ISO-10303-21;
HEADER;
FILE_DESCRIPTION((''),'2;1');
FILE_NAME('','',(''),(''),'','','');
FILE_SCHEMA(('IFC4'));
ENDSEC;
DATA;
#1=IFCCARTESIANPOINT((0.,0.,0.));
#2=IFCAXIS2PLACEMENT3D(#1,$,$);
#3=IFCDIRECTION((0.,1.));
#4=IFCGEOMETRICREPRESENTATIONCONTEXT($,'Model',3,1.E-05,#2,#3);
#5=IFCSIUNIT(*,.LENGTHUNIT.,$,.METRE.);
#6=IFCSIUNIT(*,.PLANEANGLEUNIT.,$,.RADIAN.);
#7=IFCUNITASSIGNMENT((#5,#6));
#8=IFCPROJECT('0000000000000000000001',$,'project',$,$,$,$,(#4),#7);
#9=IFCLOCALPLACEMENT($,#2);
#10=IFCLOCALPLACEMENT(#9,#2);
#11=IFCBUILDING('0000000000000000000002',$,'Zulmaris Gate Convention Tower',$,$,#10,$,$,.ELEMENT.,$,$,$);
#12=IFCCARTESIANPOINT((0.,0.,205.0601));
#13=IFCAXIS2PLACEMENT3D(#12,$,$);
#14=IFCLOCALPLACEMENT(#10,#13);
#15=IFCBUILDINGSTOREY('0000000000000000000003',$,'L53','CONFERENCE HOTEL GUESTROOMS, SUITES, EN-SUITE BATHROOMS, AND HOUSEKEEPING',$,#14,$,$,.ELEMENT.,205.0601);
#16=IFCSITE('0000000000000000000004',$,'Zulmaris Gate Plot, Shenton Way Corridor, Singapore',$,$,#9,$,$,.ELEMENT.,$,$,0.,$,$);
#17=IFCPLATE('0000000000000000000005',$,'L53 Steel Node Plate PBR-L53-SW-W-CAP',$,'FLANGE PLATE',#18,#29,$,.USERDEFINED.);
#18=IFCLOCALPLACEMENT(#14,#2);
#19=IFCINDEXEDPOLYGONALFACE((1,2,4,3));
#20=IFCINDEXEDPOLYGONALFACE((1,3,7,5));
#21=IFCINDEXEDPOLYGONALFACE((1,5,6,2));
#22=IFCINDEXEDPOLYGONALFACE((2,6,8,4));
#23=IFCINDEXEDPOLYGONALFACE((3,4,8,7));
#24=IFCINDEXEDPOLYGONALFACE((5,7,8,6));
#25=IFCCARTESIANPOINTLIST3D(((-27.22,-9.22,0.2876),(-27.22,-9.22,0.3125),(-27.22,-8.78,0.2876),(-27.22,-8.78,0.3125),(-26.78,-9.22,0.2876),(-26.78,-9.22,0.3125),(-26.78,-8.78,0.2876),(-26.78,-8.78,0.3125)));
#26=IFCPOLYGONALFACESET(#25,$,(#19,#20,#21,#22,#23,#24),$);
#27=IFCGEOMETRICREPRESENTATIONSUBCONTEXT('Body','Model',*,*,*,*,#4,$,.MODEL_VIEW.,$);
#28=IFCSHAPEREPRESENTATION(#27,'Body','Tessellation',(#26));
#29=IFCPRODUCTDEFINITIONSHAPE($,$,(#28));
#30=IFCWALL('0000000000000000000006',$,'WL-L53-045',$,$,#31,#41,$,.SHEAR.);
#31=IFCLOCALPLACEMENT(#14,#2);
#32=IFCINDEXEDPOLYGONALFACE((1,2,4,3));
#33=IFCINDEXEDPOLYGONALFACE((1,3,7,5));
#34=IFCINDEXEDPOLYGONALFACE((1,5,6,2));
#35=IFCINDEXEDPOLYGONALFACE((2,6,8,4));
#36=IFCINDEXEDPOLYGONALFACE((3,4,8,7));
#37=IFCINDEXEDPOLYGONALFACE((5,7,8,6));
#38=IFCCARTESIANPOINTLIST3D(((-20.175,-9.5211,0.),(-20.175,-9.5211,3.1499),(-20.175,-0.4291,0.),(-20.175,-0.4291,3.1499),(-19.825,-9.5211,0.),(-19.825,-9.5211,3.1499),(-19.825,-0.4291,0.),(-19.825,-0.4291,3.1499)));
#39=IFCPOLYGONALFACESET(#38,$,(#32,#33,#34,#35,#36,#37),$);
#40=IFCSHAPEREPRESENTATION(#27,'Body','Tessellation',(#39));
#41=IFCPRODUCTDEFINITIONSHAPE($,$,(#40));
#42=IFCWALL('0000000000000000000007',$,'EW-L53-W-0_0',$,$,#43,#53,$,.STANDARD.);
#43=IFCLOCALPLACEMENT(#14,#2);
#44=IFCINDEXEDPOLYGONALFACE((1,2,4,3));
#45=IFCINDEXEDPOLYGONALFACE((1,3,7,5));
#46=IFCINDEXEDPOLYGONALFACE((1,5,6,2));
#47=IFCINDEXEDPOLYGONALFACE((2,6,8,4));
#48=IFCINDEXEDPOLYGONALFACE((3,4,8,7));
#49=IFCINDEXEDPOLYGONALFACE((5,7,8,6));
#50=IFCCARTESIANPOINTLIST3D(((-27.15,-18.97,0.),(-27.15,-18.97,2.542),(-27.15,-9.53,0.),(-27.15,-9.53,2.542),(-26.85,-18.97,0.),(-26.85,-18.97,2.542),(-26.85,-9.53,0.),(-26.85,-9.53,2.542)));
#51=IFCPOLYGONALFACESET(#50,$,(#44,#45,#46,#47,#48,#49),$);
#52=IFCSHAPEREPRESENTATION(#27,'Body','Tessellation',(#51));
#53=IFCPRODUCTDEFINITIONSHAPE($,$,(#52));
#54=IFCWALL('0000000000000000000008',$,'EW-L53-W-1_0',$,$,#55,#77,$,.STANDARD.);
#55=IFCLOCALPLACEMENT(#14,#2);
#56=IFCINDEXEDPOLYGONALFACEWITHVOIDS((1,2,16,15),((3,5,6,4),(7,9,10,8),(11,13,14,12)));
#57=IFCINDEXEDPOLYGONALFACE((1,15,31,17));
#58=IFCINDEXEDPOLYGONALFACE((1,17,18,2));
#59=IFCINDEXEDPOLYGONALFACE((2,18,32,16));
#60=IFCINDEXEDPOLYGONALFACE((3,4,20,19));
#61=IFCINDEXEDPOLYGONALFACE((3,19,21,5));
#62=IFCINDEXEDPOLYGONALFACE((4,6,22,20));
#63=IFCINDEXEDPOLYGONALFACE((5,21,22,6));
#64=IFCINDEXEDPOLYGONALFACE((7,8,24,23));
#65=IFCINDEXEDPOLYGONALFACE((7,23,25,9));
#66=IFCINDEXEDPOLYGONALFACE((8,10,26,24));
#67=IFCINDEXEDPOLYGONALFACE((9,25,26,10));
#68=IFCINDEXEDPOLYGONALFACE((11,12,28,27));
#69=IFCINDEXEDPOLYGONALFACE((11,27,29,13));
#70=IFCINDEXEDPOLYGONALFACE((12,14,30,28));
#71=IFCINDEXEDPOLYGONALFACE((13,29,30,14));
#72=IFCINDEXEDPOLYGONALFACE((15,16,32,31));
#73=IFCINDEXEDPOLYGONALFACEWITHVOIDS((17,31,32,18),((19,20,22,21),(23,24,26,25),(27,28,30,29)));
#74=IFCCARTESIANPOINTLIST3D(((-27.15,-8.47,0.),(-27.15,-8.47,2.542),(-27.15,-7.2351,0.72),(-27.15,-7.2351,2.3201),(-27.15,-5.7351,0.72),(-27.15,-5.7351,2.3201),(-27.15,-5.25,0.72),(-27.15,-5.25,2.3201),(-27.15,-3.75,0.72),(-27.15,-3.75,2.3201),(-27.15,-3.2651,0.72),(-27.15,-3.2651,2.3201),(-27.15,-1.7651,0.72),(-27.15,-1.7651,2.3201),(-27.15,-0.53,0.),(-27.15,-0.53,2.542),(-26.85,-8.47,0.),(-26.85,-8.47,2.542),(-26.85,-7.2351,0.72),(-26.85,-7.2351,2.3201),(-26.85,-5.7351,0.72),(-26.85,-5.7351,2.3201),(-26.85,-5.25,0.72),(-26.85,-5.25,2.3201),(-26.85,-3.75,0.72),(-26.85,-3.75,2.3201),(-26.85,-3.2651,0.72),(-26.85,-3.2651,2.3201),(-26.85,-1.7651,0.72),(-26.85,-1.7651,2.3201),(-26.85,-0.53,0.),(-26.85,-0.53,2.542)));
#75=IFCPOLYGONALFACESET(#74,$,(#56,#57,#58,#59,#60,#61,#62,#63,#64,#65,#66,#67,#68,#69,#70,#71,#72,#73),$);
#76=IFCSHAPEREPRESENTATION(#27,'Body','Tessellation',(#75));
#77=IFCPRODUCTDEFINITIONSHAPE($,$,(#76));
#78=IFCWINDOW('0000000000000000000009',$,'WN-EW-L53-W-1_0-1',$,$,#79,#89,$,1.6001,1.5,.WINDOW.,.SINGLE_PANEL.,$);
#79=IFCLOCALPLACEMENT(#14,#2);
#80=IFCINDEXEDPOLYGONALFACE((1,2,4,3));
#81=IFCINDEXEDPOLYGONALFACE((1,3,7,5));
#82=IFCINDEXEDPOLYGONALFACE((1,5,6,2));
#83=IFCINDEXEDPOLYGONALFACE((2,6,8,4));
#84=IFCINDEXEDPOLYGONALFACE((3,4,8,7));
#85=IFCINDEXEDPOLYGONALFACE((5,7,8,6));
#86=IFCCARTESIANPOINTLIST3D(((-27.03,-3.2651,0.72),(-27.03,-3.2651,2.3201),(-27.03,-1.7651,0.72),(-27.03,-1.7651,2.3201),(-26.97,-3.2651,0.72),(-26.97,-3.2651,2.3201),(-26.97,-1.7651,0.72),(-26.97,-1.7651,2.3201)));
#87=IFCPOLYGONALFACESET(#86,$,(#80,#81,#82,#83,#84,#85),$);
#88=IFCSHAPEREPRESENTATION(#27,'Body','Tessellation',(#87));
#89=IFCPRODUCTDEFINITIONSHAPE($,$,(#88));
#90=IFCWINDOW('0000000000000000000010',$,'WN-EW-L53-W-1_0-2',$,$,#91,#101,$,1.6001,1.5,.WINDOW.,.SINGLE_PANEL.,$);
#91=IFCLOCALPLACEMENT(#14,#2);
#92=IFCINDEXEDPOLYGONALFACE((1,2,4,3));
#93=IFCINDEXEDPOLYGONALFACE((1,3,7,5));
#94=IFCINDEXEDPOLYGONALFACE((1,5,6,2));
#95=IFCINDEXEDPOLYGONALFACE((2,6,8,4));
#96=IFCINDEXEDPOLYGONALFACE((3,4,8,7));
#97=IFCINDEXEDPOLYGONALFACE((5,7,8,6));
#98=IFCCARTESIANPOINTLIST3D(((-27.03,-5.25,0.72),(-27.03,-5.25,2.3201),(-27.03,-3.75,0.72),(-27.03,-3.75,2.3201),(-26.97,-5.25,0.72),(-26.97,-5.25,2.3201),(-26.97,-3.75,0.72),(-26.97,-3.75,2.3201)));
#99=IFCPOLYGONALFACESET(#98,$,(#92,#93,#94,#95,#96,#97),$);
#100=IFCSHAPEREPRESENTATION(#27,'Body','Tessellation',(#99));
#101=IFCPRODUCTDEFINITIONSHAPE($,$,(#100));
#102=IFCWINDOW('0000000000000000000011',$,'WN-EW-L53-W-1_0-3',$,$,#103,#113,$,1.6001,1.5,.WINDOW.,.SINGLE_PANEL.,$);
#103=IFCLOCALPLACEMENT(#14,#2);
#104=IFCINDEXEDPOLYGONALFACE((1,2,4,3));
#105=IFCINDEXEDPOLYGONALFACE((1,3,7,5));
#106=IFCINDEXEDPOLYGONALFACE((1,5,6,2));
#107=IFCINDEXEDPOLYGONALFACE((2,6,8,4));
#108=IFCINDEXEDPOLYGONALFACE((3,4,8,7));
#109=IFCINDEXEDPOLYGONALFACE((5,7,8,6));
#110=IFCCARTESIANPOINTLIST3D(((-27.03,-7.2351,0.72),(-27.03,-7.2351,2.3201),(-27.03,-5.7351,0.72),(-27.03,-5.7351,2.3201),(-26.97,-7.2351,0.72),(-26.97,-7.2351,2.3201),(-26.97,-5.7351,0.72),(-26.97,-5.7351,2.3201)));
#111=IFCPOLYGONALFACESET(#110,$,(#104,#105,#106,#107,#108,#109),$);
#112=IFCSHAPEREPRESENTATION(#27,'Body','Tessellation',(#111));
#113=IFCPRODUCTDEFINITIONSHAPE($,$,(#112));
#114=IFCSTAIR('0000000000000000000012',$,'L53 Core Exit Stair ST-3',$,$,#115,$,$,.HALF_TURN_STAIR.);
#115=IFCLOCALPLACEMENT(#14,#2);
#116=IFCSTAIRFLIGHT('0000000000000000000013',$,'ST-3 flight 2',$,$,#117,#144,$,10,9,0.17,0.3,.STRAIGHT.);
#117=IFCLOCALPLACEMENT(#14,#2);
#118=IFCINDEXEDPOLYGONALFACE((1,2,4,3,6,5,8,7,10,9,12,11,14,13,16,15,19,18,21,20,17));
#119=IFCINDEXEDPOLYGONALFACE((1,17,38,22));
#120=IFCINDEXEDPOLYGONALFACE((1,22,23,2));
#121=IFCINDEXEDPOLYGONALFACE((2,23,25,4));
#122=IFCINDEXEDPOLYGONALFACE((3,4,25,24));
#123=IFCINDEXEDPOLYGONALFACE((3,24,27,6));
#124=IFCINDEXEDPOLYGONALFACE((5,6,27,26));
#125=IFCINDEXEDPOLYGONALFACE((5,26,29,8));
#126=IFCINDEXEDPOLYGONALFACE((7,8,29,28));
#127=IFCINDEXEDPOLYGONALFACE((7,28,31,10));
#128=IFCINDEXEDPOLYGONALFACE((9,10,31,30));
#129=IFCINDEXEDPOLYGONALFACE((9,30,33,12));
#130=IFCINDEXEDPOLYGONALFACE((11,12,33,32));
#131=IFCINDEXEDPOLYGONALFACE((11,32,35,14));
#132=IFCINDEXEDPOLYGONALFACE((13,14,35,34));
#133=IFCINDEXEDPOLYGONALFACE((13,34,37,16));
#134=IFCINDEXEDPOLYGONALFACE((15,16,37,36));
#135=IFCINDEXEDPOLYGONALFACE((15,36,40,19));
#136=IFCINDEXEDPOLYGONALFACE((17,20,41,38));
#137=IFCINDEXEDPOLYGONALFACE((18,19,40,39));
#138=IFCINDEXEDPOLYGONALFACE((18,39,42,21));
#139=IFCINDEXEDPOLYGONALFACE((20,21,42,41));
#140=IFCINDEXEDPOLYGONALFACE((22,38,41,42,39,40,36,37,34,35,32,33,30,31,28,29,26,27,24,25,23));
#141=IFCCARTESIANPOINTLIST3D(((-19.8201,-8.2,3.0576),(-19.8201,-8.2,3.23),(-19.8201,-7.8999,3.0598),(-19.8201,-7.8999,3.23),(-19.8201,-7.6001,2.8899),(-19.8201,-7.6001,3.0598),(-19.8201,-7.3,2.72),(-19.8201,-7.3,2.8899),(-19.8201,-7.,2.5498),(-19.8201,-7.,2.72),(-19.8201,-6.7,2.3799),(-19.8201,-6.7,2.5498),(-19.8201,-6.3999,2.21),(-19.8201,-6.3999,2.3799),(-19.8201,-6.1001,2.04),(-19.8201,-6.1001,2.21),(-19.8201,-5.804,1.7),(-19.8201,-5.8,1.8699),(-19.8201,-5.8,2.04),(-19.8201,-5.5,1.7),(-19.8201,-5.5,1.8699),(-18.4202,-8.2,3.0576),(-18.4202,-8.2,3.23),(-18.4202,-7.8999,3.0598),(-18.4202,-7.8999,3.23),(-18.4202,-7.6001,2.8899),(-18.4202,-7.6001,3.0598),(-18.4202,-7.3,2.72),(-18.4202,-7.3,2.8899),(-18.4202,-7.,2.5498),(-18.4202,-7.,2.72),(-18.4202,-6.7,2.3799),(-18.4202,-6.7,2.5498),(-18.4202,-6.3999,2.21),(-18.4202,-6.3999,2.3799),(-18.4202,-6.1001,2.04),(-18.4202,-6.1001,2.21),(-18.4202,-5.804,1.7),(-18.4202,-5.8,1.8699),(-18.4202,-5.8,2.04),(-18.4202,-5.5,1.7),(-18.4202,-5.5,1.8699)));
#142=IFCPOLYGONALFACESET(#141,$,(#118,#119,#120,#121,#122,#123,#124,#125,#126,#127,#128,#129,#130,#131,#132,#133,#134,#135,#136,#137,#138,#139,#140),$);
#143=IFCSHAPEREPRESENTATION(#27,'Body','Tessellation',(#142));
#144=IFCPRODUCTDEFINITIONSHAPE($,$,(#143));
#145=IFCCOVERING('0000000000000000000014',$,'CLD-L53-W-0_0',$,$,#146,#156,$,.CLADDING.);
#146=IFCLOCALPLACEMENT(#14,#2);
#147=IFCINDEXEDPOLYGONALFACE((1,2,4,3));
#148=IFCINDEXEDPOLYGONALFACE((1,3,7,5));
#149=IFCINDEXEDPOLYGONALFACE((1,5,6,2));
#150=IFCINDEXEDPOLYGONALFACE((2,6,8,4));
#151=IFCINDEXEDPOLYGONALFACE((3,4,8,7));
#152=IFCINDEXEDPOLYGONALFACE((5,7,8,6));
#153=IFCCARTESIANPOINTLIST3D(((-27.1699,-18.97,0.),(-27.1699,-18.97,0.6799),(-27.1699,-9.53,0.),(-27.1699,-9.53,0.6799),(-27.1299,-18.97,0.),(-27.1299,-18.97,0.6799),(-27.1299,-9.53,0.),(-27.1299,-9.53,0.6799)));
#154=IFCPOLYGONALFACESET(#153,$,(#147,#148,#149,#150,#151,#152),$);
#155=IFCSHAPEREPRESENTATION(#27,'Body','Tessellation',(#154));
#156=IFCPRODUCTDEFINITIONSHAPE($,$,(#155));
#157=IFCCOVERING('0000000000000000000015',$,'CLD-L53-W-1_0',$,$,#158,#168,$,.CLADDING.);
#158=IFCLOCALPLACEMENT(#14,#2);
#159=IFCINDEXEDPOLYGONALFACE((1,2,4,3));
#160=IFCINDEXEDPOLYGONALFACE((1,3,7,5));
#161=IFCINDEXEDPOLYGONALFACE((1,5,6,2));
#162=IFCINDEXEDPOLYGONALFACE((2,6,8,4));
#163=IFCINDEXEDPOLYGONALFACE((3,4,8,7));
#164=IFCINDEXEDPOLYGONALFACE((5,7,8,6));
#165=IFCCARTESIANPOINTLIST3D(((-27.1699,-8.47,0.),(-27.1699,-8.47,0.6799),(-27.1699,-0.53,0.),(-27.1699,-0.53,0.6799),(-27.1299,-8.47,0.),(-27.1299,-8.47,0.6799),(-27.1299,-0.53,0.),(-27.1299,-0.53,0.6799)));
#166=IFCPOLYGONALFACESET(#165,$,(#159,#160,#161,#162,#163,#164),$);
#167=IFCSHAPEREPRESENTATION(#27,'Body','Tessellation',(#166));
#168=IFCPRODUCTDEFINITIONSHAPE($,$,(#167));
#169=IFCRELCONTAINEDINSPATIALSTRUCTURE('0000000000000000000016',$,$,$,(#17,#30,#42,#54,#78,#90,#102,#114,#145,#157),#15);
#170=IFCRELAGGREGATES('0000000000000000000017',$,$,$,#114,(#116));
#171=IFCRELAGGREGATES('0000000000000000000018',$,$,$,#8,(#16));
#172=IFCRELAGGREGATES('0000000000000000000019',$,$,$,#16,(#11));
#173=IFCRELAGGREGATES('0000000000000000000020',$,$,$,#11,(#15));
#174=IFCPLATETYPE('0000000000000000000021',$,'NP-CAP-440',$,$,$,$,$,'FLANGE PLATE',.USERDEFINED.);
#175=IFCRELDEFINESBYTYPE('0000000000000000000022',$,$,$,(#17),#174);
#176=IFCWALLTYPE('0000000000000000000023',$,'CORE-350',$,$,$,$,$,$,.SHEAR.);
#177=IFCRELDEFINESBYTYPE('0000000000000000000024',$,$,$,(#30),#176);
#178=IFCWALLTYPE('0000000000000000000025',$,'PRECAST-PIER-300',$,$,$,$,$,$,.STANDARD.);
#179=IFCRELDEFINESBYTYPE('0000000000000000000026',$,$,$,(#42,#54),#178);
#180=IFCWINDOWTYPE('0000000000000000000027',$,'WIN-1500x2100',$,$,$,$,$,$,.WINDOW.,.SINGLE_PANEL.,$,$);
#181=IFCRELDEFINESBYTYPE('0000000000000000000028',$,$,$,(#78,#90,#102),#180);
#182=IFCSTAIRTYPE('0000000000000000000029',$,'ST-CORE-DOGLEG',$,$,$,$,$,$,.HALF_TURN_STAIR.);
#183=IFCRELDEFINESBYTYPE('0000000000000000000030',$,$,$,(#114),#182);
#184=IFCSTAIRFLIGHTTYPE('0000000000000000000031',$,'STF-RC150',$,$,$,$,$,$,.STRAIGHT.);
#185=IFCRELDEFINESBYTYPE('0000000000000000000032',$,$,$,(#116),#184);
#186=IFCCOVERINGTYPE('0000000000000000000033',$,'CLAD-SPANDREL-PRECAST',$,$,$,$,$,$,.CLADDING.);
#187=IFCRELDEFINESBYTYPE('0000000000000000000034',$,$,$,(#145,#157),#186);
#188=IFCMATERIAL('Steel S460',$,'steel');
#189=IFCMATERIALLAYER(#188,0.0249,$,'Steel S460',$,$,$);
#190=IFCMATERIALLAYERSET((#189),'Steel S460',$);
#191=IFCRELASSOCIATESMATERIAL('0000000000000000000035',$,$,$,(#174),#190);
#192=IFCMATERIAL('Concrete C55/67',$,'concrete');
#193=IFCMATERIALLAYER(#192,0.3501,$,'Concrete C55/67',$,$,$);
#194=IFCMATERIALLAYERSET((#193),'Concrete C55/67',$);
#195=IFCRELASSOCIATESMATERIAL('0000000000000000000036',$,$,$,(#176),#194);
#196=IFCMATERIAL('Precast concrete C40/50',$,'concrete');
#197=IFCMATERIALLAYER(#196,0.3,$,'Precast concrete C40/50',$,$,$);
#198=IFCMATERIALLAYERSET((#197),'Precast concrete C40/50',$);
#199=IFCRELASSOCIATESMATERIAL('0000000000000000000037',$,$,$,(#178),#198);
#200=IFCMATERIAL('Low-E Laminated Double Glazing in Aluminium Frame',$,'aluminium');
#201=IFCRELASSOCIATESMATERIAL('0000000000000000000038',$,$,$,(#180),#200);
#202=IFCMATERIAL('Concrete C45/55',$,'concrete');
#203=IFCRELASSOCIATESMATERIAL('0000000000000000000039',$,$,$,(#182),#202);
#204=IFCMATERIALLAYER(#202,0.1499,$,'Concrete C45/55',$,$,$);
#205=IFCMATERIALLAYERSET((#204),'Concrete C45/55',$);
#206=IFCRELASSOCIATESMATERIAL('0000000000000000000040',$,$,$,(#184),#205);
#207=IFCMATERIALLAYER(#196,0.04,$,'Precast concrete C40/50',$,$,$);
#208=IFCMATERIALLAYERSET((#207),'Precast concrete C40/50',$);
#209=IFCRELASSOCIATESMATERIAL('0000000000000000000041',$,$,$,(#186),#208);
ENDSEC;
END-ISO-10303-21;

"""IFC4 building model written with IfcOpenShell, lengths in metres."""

from ifc_helpers import new_model, si_unit, direction, frame, frame_2d, origin, origin_2d, place, context, subcontext, project, spatial, polyline, rectangle, outline, extrude, material, layer, layer_set, type_object, element, fill, aggregate, save


model = new_model("IFC4")

# Units and contexts
model_context = context("Model", 3, precision=1e-05, world=origin(), true_north=direction((0.0, 1.0)))
body_context = subcontext(model_context, "Body", "Model", "MODEL_VIEW")
ifc_project = project(units=[si_unit("LENGTHUNIT", "METRE"), si_unit("PLANEANGLEUNIT", "RADIAN")], contexts=[model_context])

# Site, building, storey
site_placement = place(None, origin())
site = spatial("IfcSite", under=ifc_project, at=site_placement, Name="Zulmaris Gate Plot, Shenton Way Corridor, Singapore", CompositionType="ELEMENT", RefElevation=0.0)
building_placement = place(site_placement, origin())
building = spatial("IfcBuilding", under=site, at=building_placement, Name="Zulmaris Gate Convention Tower", CompositionType="ELEMENT")
storey_placement = place(building_placement, frame((0.0, 0.0, 205.0601)))
storey = spatial("IfcBuildingStorey", under=building, at=storey_placement, Name="L53", Description="CONFERENCE HOTEL GUESTROOMS, SUITES, EN-SUITE BATHROOMS, AND HOUSEKEEPING", CompositionType="ELEMENT", Elevation=205.0601)

# Plate
ifc_material_1 = material(Name="Steel S460", Category="steel")
ifc_layer_1 = layer(ifc_material_1, 0.0249, Name="Steel S460")
ifc_layer_set_1 = layer_set([ifc_layer_1], Name="Steel S460")
plate_type = type_object("IfcPlateType", Name="NP-CAP-440", ElementType="FLANGE PLATE", PredefinedType="USERDEFINED", material=ifc_layer_set_1)
plate_placement = place(storey_placement, frame((-27.0, -9.0, 0.2876), z_axis=(0.0, 0.0, 1.0), x_axis=(1.0, 0.0, 0.0)))
element("IfcPlate", 1, at=plate_placement, inside=storey, type_object=plate_type, Name="L53 Steel Node Plate PBR-L53-SW-W-CAP", ObjectType="FLANGE PLATE", PredefinedType="USERDEFINED", context=body_context, shape_type="SweptSolid", body=[
    extrude(rectangle(XDim=0.4399, YDim=0.4399, at=origin_2d()), origin(), (0.0, 0.0, 1.0), 0.0249),
])

# Walls
ifc_material_2 = material(Name="Concrete C55/67", Category="concrete")
ifc_layer_2 = layer(ifc_material_2, 0.3501, Name="Concrete C55/67")
ifc_layer_set_2 = layer_set([ifc_layer_2], Name="Concrete C55/67")
wall_type_1 = type_object("IfcWallType", Name="CORE-350", PredefinedType="SHEAR", material=ifc_layer_set_2)
wall_1_placement = place(storey_placement, frame((-20.0, -9.521, 0.0), z_axis=(0.0, 0.0, 1.0), x_axis=(0.0, 1.0, 0.0)))
element("IfcWall", 2, at=wall_1_placement, inside=storey, type_object=wall_type_1, Name="WL-L53-045", PredefinedType="SHEAR", context=body_context, shape_type="SweptSolid", body=[
    extrude(rectangle(XDim=9.092, YDim=0.3501, at=frame_2d((4.5459, 0.0))), origin(), (0.0, 0.0, 1.0), 3.1499),
])
ifc_material_3 = material(Name="Precast concrete C40/50", Category="concrete")
ifc_layer_3 = layer(ifc_material_3, 0.3, Name="Precast concrete C40/50")
ifc_layer_set_3 = layer_set([ifc_layer_3], Name="Precast concrete C40/50")
wall_type_2 = type_object("IfcWallType", Name="PRECAST-PIER-300", PredefinedType="STANDARD", material=ifc_layer_set_3)
wall_2_placement = place(storey_placement, frame((-27.0, -9.53, 0.0), z_axis=(0.0, 0.0, 1.0), x_axis=(0.0, -1.0, 0.0)))
element("IfcWall", 3, at=wall_2_placement, inside=storey, type_object=wall_type_2, Name="EW-L53-W-0_0", PredefinedType="STANDARD", context=body_context, shape_type="SweptSolid", body=[
    extrude(rectangle(XDim=9.4399, YDim=0.3, at=frame_2d((4.72, 0.0))), origin(), (0.0, 0.0, 1.0), 2.542),
])

# Wall, openings, windows
wall_3_placement = place(storey_placement, frame((-27.0, -0.53, 0.0), z_axis=(0.0, 0.0, 1.0), x_axis=(0.0, -1.0, 0.0)))
wall_3 = element("IfcWall", 4, at=wall_3_placement, inside=storey, type_object=wall_type_2, Name="EW-L53-W-1_0", PredefinedType="STANDARD", context=body_context, shape_type="SweptSolid", body=[
    extrude(rectangle(XDim=7.9399, YDim=0.3, at=frame_2d((3.97, 0.0))), origin(), (0.0, 0.0, 1.0), 2.542),
])
opening_1_placement = place(wall_3_placement, frame((1.2351, 0.0, 0.72)))
opening_1 = element("IfcOpeningElement", 5, at=opening_1_placement, cuts=wall_3, PredefinedType="OPENING", context=body_context, shape_type="SweptSolid", body=[
    extrude(rectangle(XDim=1.5, YDim=1.6001, at=frame_2d((0.75, 0.8))), frame((0.0, 0.1602, 0.0), z_axis=(0.0, -1.0, 0.0), x_axis=(1.0, 0.0, 0.0)), (0.0, 0.0, 1.0), 0.3201),
])
opening_2_placement = place(wall_3_placement, frame((3.22, 0.0, 0.72)))
opening_2 = element("IfcOpeningElement", 6, at=opening_2_placement, cuts=wall_3, PredefinedType="OPENING", context=body_context, shape_type="SweptSolid", body=[
    extrude(rectangle(XDim=1.5, YDim=1.6001, at=frame_2d((0.75, 0.8))), frame((0.0, 0.1602, 0.0), z_axis=(0.0, -1.0, 0.0), x_axis=(1.0, 0.0, 0.0)), (0.0, 0.0, 1.0), 0.3201),
])
opening_3_placement = place(wall_3_placement, frame((5.2051, 0.0, 0.72)))
opening_3 = element("IfcOpeningElement", 7, at=opening_3_placement, cuts=wall_3, PredefinedType="OPENING", context=body_context, shape_type="SweptSolid", body=[
    extrude(rectangle(XDim=1.5, YDim=1.6001, at=frame_2d((0.75, 0.8))), frame((0.0, 0.1602, 0.0), z_axis=(0.0, -1.0, 0.0), x_axis=(1.0, 0.0, 0.0)), (0.0, 0.0, 1.0), 0.3201),
])
ifc_material_4 = material(Name="Low-E Laminated Double Glazing in Aluminium Frame", Category="aluminium")
window_type = type_object("IfcWindowType", Name="WIN-1500x2100", PartitioningType="SINGLE_PANEL", PredefinedType="WINDOW", material=ifc_material_4)
window_1_placement = place(opening_1_placement, origin())
window_1 = element("IfcWindow", 8, at=window_1_placement, inside=storey, type_object=window_type, Name="WN-EW-L53-W-1_0-1", OverallHeight=1.6001, OverallWidth=1.5, PartitioningType="SINGLE_PANEL", PredefinedType="WINDOW", context=body_context, shape_type="SweptSolid", body=[
    extrude(rectangle(XDim=1.5, YDim=1.6001, at=frame_2d((0.75, 0.8))), frame((0.0, 0.03, 0.0), z_axis=(0.0, -1.0, 0.0), x_axis=(1.0, 0.0, 0.0)), (0.0, 0.0, 1.0), 0.0601),
])
fill(opening_1, window_1)
window_2_placement = place(opening_2_placement, origin())
window_2 = element("IfcWindow", 9, at=window_2_placement, inside=storey, type_object=window_type, Name="WN-EW-L53-W-1_0-2", OverallHeight=1.6001, OverallWidth=1.5, PartitioningType="SINGLE_PANEL", PredefinedType="WINDOW", context=body_context, shape_type="SweptSolid", body=[
    extrude(rectangle(XDim=1.5, YDim=1.6001, at=frame_2d((0.75, 0.8))), frame((0.0, 0.03, 0.0), z_axis=(0.0, -1.0, 0.0), x_axis=(1.0, 0.0, 0.0)), (0.0, 0.0, 1.0), 0.0601),
])
fill(opening_2, window_2)
window_3_placement = place(opening_3_placement, origin())
window_3 = element("IfcWindow", 10, at=window_3_placement, inside=storey, type_object=window_type, Name="WN-EW-L53-W-1_0-3", OverallHeight=1.6001, OverallWidth=1.5, PartitioningType="SINGLE_PANEL", PredefinedType="WINDOW", context=body_context, shape_type="SweptSolid", body=[
    extrude(rectangle(XDim=1.5, YDim=1.6001, at=frame_2d((0.75, 0.8))), frame((0.0, 0.03, 0.0), z_axis=(0.0, -1.0, 0.0), x_axis=(1.0, 0.0, 0.0)), (0.0, 0.0, 1.0), 0.0601),
])
fill(opening_3, window_3)

# Stair, stair flight
ifc_material_5 = material(Name="Concrete C45/55", Category="concrete")
stair_type = type_object("IfcStairType", Name="ST-CORE-DOGLEG", PredefinedType="HALF_TURN_STAIR", material=ifc_material_5)
stair_placement = place(storey_placement, origin())
stair = element("IfcStair", 11, at=stair_placement, inside=storey, type_object=stair_type, Name="L53 Core Exit Stair ST-3", PredefinedType="HALF_TURN_STAIR")
ifc_layer_4 = layer(ifc_material_5, 0.1499, Name="Concrete C45/55")
ifc_layer_set_4 = layer_set([ifc_layer_4], Name="Concrete C45/55")
stair_flight_type = type_object("IfcStairFlightType", Name="STF-RC150", PredefinedType="STRAIGHT", material=ifc_layer_set_4)
stair_flight_placement = place(storey_placement, frame((-19.1201, -5.5, 1.7), z_axis=(0.0, 0.0, 1.0), x_axis=(0.0, -1.0, 0.0)))
stair_flight = element("IfcStairFlight", 12, at=stair_flight_placement, type_object=stair_flight_type, Name="ST-3 flight 2", NumberOfRisers=10, NumberOfTreads=9, PredefinedType="STRAIGHT", RiserHeight=0.17, TreadLength=0.3, context=body_context, shape_type="SweptSolid", body=[
    extrude(outline(polyline([(0.0, 0.0), (0.0, 0.1699), (0.3, 0.1699), (0.3, 0.3401), (0.6001, 0.3401), (0.6001, 0.51), (0.8999, 0.51), (0.8999, 0.6799), (1.2, 0.6799), (1.2, 0.8499), (1.5, 0.8499), (1.5, 1.02), (1.8, 1.02), (1.8, 1.1899), (2.1001, 1.1899), (2.1001, 1.3599), (2.3999, 1.3599), (2.3999, 1.53), (2.7, 1.53), (2.7, 1.7), (2.7, 1.3577), (0.304, 0.0), (0.0, 0.0)])), frame((0.0, 0.7, 0.0), z_axis=(0.0, -1.0, 0.0), x_axis=(1.0, 0.0, 0.0)), (0.0, 0.0, 1.0), 1.3999),
])
aggregate(stair, [stair_flight])

# Coverings
ifc_layer_5 = layer(ifc_material_3, 0.04, Name="Precast concrete C40/50")
ifc_layer_set_5 = layer_set([ifc_layer_5], Name="Precast concrete C40/50")
covering_type = type_object("IfcCoveringType", Name="CLAD-SPANDREL-PRECAST", PredefinedType="CLADDING", material=ifc_layer_set_5)
covering_1_placement = place(storey_placement, frame((-27.1499, -9.53, 0.0), z_axis=(0.0, 0.0, 1.0), x_axis=(0.0, -1.0, 0.0)))
element("IfcCovering", 13, at=covering_1_placement, inside=storey, type_object=covering_type, Name="CLD-L53-W-0_0", PredefinedType="CLADDING", context=body_context, shape_type="SweptSolid", body=[
    extrude(rectangle(XDim=9.4399, YDim=0.04, at=frame_2d((4.72, 0.0))), origin(), (0.0, 0.0, 1.0), 0.6799),
])
covering_2_placement = place(storey_placement, frame((-27.1499, -0.53, 0.0), z_axis=(0.0, 0.0, 1.0), x_axis=(0.0, -1.0, 0.0)))
element("IfcCovering", 14, at=covering_2_placement, inside=storey, type_object=covering_type, Name="CLD-L53-W-1_0", PredefinedType="CLADDING", context=body_context, shape_type="SweptSolid", body=[
    extrude(rectangle(XDim=7.9399, YDim=0.04, at=frame_2d((3.97, 0.0))), origin(), (0.0, 0.0, 1.0), 0.6799),
])

save(model, "model.ifc")
